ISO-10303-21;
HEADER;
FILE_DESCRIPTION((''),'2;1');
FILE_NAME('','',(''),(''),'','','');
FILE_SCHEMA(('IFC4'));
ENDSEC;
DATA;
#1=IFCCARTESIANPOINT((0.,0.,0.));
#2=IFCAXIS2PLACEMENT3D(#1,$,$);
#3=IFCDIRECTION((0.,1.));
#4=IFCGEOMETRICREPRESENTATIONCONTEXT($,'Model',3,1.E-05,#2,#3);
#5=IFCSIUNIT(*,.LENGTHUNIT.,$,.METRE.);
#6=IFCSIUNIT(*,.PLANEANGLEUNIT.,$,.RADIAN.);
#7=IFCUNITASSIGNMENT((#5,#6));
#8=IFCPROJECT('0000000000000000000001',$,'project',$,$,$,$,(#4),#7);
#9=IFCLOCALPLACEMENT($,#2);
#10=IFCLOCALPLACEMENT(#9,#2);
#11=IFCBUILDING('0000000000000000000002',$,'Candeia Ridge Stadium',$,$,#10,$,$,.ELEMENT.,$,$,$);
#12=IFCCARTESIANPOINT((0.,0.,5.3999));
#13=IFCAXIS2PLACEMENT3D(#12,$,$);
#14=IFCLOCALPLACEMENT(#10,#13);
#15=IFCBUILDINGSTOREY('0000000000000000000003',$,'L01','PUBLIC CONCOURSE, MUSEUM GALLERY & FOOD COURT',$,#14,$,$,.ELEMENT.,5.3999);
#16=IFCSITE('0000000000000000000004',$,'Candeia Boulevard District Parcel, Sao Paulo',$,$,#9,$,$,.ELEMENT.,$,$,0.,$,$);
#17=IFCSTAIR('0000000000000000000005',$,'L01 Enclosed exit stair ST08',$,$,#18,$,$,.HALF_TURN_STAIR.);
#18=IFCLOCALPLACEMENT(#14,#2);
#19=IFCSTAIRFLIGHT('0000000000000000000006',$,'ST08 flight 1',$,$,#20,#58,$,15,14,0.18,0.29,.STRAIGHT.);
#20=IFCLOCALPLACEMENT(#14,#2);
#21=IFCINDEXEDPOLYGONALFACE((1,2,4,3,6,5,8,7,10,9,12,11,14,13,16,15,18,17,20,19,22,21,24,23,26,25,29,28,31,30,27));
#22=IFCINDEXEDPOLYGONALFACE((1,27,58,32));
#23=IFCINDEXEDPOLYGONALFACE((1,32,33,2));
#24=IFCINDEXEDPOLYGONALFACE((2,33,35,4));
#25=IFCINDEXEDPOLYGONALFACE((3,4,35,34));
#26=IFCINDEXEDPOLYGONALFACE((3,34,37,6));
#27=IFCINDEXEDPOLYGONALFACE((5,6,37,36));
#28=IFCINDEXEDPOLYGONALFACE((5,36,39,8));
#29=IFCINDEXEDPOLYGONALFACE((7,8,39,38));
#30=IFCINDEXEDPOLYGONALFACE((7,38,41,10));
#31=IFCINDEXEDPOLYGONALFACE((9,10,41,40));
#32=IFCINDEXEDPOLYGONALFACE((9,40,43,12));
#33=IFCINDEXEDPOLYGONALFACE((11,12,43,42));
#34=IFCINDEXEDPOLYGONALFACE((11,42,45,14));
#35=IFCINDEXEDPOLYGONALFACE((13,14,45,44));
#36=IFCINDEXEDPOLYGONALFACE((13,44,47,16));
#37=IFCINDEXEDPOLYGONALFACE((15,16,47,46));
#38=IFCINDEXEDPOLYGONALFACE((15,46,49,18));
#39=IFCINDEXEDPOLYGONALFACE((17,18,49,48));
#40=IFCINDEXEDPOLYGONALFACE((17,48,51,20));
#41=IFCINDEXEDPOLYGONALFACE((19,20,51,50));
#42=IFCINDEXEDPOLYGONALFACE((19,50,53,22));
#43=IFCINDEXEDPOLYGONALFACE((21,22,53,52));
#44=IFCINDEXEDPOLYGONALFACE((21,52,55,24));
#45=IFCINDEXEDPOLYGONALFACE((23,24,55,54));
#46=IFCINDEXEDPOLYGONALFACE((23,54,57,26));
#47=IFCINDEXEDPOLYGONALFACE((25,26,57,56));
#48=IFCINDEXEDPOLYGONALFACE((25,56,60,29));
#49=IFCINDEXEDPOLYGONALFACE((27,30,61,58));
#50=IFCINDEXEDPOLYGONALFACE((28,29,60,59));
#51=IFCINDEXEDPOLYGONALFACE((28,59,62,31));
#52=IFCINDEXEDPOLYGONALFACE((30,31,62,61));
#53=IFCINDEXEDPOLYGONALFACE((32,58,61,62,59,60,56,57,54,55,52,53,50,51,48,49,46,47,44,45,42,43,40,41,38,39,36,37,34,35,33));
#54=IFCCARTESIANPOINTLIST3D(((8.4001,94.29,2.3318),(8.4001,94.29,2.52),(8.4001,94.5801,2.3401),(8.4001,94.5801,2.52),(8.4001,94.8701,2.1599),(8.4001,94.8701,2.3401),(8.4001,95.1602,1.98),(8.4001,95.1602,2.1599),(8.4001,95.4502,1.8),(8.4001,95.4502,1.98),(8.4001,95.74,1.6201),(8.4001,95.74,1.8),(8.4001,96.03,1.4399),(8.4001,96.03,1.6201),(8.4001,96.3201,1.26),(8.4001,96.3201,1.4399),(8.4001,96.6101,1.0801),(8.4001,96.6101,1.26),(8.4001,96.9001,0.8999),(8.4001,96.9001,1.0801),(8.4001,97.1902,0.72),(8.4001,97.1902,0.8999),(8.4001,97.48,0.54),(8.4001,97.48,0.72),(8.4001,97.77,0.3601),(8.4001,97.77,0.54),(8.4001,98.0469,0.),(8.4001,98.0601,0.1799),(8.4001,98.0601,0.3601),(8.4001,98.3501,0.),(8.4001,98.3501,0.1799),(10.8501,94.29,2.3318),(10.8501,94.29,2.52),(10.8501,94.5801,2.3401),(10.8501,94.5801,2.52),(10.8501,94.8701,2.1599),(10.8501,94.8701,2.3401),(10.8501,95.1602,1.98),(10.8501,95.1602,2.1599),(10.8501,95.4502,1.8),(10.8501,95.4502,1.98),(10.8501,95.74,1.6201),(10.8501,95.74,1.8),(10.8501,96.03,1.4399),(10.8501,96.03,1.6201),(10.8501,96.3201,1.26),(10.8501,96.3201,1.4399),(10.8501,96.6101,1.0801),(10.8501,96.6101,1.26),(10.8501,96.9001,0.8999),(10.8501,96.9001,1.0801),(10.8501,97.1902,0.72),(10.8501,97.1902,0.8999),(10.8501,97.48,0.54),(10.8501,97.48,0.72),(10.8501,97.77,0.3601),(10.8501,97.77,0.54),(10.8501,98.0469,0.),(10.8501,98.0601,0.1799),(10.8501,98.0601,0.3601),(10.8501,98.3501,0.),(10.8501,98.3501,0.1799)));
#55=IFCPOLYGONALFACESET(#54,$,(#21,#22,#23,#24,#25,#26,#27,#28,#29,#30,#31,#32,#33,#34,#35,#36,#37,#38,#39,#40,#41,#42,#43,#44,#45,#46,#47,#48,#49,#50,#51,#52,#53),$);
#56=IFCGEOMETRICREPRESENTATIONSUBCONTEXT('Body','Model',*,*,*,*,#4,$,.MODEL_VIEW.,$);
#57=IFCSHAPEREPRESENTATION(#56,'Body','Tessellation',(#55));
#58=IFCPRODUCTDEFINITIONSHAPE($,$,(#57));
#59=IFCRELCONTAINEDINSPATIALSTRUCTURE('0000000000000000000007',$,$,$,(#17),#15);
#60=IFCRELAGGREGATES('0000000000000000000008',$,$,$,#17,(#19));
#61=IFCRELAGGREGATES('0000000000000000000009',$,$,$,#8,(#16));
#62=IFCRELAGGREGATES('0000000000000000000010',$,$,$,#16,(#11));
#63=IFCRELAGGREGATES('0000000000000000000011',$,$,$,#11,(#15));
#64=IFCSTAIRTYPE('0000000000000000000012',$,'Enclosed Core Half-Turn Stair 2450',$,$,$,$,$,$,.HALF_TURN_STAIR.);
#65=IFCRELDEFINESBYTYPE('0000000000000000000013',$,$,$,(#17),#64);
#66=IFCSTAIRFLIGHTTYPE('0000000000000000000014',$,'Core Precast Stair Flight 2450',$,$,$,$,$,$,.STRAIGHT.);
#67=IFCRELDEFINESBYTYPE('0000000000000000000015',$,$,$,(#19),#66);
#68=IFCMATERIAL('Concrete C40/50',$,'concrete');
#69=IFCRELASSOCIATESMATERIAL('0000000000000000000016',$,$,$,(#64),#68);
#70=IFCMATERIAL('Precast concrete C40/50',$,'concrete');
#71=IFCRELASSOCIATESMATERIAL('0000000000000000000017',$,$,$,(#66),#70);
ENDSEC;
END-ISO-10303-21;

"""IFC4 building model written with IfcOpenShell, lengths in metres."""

from ifc_helpers import new_model, si_unit, direction, frame, origin, place, context, subcontext, project, spatial, polyline, outline, extrude, material, type_object, element, aggregate, save


model = new_model("IFC4")

# Units and contexts
model_context = context("Model", 3, precision=1e-05, world=origin(), true_north=direction((0.0, 1.0)))
body_context = subcontext(model_context, "Body", "Model", "MODEL_VIEW")
ifc_project = project(units=[si_unit("LENGTHUNIT", "METRE"), si_unit("PLANEANGLEUNIT", "RADIAN")], contexts=[model_context])

# Site, building, storey
site_placement = place(None, origin())
site = spatial("IfcSite", under=ifc_project, at=site_placement, Name="Candeia Boulevard District Parcel, Sao Paulo", CompositionType="ELEMENT", RefElevation=0.0)
building_placement = place(site_placement, origin())
building = spatial("IfcBuilding", under=site, at=building_placement, Name="Candeia Ridge Stadium", CompositionType="ELEMENT")
storey_placement = place(building_placement, frame((0.0, 0.0, 5.3999)))
storey = spatial("IfcBuildingStorey", under=building, at=storey_placement, Name="L01", Description="PUBLIC CONCOURSE, MUSEUM GALLERY & FOOD COURT", CompositionType="ELEMENT", Elevation=5.3999)

# Shared definitions
ifc_material_1 = material(Name="Concrete C40/50", Category="concrete")

# Stair, stair flight
stair_type = type_object("IfcStairType", Name="Enclosed Core Half-Turn Stair 2450", PredefinedType="HALF_TURN_STAIR", material=ifc_material_1)
ifc_material_2 = material(Name="Precast concrete C40/50", Category="concrete")
stair_flight_type = type_object("IfcStairFlightType", Name="Core Precast Stair Flight 2450", PredefinedType="STRAIGHT", material=ifc_material_2)
stair_1_placement = place(storey_placement, origin())
stair_1 = element("IfcStair", 1, at=stair_1_placement, inside=storey, type_object=stair_type, Name="L01 Enclosed exit stair ST08", PredefinedType="HALF_TURN_STAIR")
stair_flight_1_placement = place(storey_placement, frame((9.625, 98.3501, 0.0), z_axis=(0.0, 0.0, 1.0), x_axis=(0.0, -1.0, 0.0)))
stair_flight_1 = element("IfcStairFlight", 2, at=stair_flight_1_placement, type_object=stair_flight_type, Name="ST08 flight 1", NumberOfRisers=15, NumberOfTreads=14, PredefinedType="STRAIGHT", RiserHeight=0.18, TreadLength=0.29, context=body_context, shape_type="SweptSolid", body=[
    extrude(outline(polyline([(0.0, 0.0), (0.0, 0.1799), (0.29, 0.1799), (0.29, 0.3601), (0.5801, 0.3601), (0.5801, 0.54), (0.8701, 0.54), (0.8701, 0.72), (1.1599, 0.72), (1.1599, 0.8999), (1.45, 0.8999), (1.45, 1.0801), (1.74, 1.0801), (1.74, 1.26), (2.03, 1.26), (2.03, 1.4399), (2.3201, 1.4399), (2.3201, 1.6201), (2.6101, 1.6201), (2.6101, 1.8), (2.8999, 1.8), (2.8999, 1.98), (3.1899, 1.98), (3.1899, 2.1599), (3.48, 2.1599), (3.48, 2.3401), (3.77, 2.3401), (3.77, 2.52), (4.0601, 2.52), (4.0601, 2.7), (4.0601, 2.3318), (0.3032, 0.0), (0.0, 0.0)])), frame((0.0, 1.2251, 0.0), z_axis=(0.0, -1.0, 0.0), x_axis=(1.0, 0.0, 0.0)), (0.0, 0.0, 1.0), 2.45),
])
aggregate(stair_1, [stair_flight_1])

save(model, "model.ifc")
